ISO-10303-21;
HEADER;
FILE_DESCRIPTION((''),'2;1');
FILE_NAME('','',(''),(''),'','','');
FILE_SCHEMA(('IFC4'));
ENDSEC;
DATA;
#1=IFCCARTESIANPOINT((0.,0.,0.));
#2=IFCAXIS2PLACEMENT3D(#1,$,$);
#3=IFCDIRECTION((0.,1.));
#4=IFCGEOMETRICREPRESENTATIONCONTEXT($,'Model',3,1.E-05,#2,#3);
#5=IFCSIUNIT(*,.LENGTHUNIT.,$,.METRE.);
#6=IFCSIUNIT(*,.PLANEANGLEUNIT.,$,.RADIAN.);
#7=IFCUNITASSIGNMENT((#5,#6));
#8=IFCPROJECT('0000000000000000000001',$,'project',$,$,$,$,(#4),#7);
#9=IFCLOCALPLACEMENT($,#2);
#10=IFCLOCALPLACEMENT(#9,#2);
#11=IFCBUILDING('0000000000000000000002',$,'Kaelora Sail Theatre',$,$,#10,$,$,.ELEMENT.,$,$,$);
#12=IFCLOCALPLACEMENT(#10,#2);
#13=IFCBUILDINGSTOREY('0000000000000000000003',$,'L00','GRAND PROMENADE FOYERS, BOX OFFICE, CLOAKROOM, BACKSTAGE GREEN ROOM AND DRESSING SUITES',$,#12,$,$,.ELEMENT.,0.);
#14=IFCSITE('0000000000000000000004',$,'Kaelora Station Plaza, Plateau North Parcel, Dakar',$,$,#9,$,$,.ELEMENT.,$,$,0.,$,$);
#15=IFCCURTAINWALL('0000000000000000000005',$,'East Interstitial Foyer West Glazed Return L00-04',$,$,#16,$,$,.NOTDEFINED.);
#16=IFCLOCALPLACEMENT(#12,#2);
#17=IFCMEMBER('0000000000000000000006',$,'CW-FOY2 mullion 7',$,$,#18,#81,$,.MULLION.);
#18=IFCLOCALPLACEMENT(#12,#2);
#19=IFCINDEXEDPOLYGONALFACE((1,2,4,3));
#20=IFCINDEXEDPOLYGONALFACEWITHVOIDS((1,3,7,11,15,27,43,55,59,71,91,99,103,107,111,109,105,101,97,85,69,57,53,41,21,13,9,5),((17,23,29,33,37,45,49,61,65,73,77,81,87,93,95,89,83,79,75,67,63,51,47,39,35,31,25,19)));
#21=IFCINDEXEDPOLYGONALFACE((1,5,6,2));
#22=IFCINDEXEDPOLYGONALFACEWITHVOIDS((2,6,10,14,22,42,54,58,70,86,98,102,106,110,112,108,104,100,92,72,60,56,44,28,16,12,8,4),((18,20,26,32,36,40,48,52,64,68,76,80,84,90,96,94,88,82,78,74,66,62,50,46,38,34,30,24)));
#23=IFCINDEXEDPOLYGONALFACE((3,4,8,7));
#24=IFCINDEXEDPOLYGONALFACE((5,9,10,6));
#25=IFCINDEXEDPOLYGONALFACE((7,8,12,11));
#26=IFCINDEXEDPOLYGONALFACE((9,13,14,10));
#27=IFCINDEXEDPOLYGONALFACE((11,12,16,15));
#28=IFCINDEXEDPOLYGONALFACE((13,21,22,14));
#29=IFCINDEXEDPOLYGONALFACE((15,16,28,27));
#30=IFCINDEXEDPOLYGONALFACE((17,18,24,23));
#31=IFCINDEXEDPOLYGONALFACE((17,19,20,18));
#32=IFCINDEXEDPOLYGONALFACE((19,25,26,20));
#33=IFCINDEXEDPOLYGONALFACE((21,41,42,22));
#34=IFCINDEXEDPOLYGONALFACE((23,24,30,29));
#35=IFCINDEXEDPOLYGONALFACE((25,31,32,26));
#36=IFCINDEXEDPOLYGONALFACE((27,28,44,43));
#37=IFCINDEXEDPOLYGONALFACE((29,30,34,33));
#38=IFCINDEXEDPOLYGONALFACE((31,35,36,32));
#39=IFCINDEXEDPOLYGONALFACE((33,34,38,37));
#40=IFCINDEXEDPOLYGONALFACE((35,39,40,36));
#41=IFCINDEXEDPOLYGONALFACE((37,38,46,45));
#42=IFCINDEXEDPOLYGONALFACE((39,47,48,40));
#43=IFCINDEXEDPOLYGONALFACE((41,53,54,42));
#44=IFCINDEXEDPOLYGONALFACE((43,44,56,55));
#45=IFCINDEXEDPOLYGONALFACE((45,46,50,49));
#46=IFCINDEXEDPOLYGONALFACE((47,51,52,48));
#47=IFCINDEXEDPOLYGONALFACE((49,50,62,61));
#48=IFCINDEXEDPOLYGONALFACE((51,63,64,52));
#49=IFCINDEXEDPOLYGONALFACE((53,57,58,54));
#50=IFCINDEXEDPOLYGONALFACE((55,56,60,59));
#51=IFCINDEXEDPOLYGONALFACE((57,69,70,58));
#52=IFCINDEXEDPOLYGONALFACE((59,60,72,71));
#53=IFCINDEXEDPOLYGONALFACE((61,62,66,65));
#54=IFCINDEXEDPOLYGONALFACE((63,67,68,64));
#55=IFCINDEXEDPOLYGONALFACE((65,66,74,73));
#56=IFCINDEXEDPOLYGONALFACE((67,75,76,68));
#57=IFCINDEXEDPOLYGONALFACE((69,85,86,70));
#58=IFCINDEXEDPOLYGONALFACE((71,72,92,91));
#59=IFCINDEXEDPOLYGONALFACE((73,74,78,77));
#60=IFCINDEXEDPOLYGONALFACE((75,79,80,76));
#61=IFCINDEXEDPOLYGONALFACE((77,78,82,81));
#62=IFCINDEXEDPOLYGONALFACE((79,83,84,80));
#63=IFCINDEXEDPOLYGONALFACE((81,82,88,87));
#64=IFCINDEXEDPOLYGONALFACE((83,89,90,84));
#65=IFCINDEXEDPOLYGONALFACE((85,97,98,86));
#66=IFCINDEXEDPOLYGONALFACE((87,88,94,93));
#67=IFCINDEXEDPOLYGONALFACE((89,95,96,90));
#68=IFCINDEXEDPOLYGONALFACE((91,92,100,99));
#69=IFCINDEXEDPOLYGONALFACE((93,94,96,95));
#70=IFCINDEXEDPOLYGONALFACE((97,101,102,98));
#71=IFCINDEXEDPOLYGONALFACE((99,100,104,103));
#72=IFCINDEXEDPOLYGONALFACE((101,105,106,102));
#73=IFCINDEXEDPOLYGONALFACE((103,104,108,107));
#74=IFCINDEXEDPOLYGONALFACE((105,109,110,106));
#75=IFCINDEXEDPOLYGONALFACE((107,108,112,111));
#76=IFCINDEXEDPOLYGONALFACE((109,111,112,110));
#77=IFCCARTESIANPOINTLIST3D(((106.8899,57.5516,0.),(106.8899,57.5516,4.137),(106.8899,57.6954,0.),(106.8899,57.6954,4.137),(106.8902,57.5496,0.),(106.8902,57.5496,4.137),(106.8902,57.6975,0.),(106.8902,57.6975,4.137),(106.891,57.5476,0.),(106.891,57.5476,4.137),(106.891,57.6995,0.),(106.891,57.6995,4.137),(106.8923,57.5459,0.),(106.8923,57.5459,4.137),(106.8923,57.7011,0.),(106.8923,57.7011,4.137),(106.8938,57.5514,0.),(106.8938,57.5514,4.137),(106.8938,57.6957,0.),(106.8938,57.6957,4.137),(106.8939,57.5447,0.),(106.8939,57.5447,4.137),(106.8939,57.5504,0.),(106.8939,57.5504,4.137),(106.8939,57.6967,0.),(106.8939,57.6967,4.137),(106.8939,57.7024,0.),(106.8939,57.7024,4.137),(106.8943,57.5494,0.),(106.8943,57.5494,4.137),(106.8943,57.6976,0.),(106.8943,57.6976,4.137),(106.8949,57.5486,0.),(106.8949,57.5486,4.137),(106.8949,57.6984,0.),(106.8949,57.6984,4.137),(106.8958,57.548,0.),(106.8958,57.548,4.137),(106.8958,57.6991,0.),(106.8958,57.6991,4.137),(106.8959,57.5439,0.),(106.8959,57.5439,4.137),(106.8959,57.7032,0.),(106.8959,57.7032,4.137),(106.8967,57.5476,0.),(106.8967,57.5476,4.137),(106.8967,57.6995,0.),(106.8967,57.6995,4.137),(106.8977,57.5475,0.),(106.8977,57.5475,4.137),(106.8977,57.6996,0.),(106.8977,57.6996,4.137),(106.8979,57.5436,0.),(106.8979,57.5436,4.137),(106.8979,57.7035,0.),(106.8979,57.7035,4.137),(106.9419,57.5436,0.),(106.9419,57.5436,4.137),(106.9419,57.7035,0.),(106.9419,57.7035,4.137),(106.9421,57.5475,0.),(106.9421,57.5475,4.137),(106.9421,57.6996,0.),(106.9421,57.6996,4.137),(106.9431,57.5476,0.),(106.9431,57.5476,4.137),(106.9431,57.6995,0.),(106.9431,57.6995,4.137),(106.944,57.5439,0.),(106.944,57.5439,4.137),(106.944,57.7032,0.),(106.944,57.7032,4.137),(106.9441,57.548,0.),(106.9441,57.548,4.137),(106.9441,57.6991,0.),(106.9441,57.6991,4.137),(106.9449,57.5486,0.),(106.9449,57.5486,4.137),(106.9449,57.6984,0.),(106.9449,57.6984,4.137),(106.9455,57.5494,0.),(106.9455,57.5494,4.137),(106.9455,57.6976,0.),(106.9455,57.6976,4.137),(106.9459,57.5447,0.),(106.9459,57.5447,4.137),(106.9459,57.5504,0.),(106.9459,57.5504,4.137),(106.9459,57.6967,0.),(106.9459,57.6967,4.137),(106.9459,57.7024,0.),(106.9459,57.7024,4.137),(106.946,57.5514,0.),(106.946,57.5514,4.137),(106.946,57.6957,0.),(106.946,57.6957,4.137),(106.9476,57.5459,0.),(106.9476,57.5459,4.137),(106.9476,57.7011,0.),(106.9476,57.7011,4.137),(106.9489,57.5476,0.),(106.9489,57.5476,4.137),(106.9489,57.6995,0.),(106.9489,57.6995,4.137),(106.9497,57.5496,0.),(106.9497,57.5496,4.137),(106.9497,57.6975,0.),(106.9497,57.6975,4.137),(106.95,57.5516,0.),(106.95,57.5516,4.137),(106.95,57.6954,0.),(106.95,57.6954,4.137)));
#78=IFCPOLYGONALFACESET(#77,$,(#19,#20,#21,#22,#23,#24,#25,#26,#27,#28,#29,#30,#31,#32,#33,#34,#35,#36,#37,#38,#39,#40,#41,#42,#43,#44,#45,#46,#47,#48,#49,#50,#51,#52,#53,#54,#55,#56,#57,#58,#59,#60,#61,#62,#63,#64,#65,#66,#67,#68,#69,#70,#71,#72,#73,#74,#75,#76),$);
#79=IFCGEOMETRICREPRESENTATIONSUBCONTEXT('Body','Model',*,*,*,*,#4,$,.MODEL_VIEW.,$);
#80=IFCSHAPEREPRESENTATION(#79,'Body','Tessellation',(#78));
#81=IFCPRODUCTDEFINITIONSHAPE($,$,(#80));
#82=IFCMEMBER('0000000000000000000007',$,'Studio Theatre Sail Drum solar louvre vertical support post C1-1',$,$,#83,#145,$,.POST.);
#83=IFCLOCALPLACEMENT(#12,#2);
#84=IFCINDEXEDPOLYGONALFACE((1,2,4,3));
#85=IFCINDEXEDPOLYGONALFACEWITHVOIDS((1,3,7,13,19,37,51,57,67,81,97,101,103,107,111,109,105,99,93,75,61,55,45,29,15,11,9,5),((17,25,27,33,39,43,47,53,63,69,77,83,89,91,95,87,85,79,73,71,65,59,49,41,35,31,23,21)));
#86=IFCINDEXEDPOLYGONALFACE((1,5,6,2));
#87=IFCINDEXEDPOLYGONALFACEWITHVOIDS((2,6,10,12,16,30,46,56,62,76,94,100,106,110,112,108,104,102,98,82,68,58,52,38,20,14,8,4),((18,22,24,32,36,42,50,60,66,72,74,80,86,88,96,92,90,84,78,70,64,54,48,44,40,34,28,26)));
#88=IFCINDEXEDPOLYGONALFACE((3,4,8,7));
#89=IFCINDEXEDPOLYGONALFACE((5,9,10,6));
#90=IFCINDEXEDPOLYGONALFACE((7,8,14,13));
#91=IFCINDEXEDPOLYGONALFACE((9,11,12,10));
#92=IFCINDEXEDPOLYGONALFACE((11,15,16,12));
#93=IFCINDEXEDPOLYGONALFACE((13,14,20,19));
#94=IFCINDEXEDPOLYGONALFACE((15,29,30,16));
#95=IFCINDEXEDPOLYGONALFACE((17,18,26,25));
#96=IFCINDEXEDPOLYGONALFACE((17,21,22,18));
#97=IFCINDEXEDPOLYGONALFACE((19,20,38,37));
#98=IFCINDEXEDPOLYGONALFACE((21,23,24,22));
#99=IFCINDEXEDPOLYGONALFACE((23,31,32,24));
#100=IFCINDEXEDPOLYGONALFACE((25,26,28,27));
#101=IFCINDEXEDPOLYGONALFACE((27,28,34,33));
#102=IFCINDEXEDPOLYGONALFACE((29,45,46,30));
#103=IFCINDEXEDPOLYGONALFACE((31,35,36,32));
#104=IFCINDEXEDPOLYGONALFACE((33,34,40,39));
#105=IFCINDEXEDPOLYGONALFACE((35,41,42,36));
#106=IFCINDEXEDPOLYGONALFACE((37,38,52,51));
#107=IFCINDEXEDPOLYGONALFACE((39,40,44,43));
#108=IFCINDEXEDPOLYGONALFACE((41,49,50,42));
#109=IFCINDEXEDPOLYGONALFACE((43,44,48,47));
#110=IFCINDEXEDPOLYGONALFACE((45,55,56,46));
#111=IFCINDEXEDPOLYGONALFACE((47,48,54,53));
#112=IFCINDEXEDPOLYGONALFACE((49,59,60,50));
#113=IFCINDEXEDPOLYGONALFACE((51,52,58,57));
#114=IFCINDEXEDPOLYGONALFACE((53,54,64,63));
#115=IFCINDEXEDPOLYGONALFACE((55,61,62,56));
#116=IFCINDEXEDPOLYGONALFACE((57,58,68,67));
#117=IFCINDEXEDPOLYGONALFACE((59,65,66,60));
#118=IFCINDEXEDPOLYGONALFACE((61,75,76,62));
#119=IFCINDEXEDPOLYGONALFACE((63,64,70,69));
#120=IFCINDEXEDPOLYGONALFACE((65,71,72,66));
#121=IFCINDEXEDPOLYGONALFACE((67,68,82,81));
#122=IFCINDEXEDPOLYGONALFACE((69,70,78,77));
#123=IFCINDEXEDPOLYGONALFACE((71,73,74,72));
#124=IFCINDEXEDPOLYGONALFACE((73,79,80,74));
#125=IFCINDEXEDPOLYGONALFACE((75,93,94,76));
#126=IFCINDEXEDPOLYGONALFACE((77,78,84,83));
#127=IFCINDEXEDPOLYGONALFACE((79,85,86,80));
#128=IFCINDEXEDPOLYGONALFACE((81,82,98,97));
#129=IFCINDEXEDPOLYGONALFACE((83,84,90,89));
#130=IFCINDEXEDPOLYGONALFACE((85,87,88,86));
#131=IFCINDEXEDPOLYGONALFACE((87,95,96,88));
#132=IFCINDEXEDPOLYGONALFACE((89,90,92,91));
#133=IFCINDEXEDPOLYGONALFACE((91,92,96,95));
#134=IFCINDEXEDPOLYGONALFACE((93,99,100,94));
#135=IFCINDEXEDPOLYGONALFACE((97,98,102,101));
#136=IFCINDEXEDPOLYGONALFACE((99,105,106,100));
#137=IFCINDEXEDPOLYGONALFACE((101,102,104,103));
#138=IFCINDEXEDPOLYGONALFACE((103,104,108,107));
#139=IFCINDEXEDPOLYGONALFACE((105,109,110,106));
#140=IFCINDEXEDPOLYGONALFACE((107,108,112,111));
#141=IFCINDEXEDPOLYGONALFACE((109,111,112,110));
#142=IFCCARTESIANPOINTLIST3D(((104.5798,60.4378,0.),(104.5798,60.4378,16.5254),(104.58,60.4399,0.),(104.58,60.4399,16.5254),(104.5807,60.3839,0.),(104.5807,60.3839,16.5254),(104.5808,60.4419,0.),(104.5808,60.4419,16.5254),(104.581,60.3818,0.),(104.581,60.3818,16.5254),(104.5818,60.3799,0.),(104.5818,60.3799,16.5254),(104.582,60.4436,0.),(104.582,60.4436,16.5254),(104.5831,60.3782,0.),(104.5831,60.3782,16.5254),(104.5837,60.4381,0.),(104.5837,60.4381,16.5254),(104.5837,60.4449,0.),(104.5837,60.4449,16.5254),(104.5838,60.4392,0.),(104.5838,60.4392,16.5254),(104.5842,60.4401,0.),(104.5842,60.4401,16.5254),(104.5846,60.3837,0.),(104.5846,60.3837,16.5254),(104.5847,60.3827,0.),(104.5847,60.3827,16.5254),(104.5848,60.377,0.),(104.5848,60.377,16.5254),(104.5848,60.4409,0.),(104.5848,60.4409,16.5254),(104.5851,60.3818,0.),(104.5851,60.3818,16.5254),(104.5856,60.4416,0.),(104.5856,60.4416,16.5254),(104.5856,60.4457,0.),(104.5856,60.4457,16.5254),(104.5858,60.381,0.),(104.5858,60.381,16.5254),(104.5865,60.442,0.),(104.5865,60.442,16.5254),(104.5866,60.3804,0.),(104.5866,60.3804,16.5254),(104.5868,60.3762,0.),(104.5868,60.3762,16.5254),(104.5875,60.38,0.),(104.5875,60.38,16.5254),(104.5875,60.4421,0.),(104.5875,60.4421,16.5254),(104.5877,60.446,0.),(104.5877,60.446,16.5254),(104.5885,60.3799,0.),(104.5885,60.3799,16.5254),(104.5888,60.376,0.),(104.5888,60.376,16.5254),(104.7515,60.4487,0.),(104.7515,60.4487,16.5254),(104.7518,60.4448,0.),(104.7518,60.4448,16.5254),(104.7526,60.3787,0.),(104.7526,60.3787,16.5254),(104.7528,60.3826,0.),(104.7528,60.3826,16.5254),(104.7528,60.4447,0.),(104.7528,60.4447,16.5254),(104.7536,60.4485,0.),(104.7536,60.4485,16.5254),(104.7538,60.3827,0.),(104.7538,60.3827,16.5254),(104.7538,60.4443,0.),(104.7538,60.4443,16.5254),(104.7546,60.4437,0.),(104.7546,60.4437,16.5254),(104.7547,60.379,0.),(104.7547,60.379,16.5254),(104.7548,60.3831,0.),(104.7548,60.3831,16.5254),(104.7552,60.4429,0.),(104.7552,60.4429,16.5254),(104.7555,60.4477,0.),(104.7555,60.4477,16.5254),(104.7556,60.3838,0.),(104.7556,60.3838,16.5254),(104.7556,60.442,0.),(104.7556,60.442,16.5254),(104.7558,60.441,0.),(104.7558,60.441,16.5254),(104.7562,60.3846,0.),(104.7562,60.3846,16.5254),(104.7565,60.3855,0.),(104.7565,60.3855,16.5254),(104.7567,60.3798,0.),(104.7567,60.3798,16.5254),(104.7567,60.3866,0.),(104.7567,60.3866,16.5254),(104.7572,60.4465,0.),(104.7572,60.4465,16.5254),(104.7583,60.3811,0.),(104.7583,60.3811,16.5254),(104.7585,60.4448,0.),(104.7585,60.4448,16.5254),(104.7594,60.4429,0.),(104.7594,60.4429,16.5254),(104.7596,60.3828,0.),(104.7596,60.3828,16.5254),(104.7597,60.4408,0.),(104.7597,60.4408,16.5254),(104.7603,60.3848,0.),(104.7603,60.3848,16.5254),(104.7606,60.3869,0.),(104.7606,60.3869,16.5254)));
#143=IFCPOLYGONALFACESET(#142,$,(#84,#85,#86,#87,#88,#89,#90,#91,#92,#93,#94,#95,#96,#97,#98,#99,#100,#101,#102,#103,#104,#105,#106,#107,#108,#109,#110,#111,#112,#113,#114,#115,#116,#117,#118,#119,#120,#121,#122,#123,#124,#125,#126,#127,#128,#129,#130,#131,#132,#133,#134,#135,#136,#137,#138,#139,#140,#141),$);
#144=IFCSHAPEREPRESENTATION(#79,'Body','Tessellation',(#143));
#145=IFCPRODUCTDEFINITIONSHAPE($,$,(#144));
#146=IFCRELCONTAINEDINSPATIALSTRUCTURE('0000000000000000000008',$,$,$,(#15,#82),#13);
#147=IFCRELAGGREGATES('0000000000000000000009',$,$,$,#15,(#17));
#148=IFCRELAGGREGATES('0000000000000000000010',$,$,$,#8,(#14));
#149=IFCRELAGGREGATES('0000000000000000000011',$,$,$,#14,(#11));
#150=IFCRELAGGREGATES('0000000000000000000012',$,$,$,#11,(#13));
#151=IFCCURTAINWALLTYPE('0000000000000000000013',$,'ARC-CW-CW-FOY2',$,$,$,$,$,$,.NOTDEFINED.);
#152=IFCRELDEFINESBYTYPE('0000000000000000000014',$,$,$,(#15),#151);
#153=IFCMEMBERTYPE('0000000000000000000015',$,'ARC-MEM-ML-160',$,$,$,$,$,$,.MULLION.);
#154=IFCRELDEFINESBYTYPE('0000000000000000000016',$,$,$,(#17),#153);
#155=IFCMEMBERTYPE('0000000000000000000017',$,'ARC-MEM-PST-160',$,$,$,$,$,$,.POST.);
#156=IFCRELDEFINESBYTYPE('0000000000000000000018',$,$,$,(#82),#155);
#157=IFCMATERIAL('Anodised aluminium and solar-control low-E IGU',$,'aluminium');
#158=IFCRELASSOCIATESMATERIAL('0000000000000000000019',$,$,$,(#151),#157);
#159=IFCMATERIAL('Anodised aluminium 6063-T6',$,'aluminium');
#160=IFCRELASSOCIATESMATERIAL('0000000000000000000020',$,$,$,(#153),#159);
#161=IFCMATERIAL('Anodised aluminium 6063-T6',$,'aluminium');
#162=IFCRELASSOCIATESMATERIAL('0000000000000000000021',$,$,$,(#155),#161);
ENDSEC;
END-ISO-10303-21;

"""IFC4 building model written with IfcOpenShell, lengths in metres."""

from ifc_helpers import new_model, si_unit, direction, frame, origin, origin_2d, place, context, subcontext, project, spatial, hollow_rectangle, extrude, material, material_profile, profile_set, type_object, element, aggregate, save


model = new_model("IFC4")

# Units and contexts
model_context = context("Model", 3, precision=1e-05, world=origin(), true_north=direction((0.0, 1.0)))
body_context = subcontext(model_context, "Body", "Model", "MODEL_VIEW")
ifc_project = project(units=[si_unit("LENGTHUNIT", "METRE"), si_unit("PLANEANGLEUNIT", "RADIAN")], contexts=[model_context])

# Site, building, storey
site_placement = place(None, origin())
site = spatial("IfcSite", under=ifc_project, at=site_placement, Name="Kaelora Station Plaza, Plateau North Parcel, Dakar", CompositionType="ELEMENT", RefElevation=0.0)
building_placement = place(site_placement, origin())
building = spatial("IfcBuilding", under=site, at=building_placement, Name="Kaelora Sail Theatre", CompositionType="ELEMENT")
storey_placement = place(building_placement, origin())
storey = spatial("IfcBuildingStorey", under=building, at=storey_placement, Name="L00", Description="GRAND PROMENADE FOYERS, BOX OFFICE, CLOAKROOM, BACKSTAGE GREEN ROOM AND DRESSING SUITES", CompositionType="ELEMENT", Elevation=0.0)

# Curtain wall, member
ifc_material_1 = material(Name="Anodised aluminium and solar-control low-E IGU", Category="aluminium")
curtain_wall_type = type_object("IfcCurtainWallType", Name="ARC-CW-CW-FOY2", PredefinedType="NOTDEFINED", material=ifc_material_1)
curtain_wall_placement = place(storey_placement, origin())
curtain_wall = element("IfcCurtainWall", 1, at=curtain_wall_placement, inside=storey, type_object=curtain_wall_type, Name="East Interstitial Foyer West Glazed Return L00-04", PredefinedType="NOTDEFINED")
ifc_material_2 = material(Name="Anodised aluminium 6063-T6", Category="aluminium")
ifc_material_profile_1 = material_profile(ifc_material_2, hollow_rectangle(XDim=0.0601, YDim=0.1599, WallThickness=0.0039, InnerFilletRadius=0.0039, OuterFilletRadius=0.0081, at=origin_2d()), Name="ALU-MULL 60x160x4")
ifc_profile_set_1 = profile_set([ifc_material_profile_1], Name="Anodised aluminium 6063-T6")
member_type_1 = type_object("IfcMemberType", Name="ARC-MEM-ML-160", PredefinedType="MULLION", material=ifc_profile_set_1)
member_1_placement = place(storey_placement, frame((106.9199, 57.6235, 0.0), z_axis=(0.0, 0.0, 1.0), x_axis=(-1.0, 0.0, 0.0)))
member_1 = element("IfcMember", 2, at=member_1_placement, type_object=member_type_1, Name="CW-FOY2 mullion 7", PredefinedType="MULLION", context=body_context, shape_type="SweptSolid", body=[
    extrude(hollow_rectangle(XDim=0.0601, YDim=0.1599, WallThickness=0.0039, InnerFilletRadius=0.0039, OuterFilletRadius=0.0081, at=origin_2d()), origin(), (0.0, 0.0, 1.0), 4.137),
])

# Member
ifc_material_3 = material(Name="Anodised aluminium 6063-T6", Category="aluminium")
ifc_material_profile_2 = material_profile(ifc_material_3, hollow_rectangle(XDim=0.0701, YDim=0.1799, WallThickness=0.0039, InnerFilletRadius=0.0039, OuterFilletRadius=0.0081, at=origin_2d()), Name="ALU-MULL 70x180x4")
ifc_profile_set_2 = profile_set([ifc_material_profile_2], Name="Anodised aluminium 6063-T6")
member_type_2 = type_object("IfcMemberType", Name="ARC-MEM-PST-160", PredefinedType="POST", material=ifc_profile_set_2)
for number, where, z_axis, x_axis, name in (
    (3, (104.6702, 60.4124, 0.0), (0.0, 0.0, 1.0), (0.01658, -0.999863, 0.0), "Studio Theatre Sail Drum solar louvre vertical support post C1-1"),
):
    element("IfcMember", number, at=place(storey_placement, frame(where, z_axis=z_axis, x_axis=x_axis)), inside=storey, type_object=member_type_2, Name=name, PredefinedType="POST", context=body_context, shape_type="SweptSolid", body=[
        extrude(hollow_rectangle(XDim=0.0701, YDim=0.1799, WallThickness=0.0039, InnerFilletRadius=0.0039, OuterFilletRadius=0.0081, at=origin_2d()), origin(), (0.0, 0.0, 1.0), 16.5254),
    ])

aggregate(curtain_wall, [member_1])

save(model, "model.ifc")
